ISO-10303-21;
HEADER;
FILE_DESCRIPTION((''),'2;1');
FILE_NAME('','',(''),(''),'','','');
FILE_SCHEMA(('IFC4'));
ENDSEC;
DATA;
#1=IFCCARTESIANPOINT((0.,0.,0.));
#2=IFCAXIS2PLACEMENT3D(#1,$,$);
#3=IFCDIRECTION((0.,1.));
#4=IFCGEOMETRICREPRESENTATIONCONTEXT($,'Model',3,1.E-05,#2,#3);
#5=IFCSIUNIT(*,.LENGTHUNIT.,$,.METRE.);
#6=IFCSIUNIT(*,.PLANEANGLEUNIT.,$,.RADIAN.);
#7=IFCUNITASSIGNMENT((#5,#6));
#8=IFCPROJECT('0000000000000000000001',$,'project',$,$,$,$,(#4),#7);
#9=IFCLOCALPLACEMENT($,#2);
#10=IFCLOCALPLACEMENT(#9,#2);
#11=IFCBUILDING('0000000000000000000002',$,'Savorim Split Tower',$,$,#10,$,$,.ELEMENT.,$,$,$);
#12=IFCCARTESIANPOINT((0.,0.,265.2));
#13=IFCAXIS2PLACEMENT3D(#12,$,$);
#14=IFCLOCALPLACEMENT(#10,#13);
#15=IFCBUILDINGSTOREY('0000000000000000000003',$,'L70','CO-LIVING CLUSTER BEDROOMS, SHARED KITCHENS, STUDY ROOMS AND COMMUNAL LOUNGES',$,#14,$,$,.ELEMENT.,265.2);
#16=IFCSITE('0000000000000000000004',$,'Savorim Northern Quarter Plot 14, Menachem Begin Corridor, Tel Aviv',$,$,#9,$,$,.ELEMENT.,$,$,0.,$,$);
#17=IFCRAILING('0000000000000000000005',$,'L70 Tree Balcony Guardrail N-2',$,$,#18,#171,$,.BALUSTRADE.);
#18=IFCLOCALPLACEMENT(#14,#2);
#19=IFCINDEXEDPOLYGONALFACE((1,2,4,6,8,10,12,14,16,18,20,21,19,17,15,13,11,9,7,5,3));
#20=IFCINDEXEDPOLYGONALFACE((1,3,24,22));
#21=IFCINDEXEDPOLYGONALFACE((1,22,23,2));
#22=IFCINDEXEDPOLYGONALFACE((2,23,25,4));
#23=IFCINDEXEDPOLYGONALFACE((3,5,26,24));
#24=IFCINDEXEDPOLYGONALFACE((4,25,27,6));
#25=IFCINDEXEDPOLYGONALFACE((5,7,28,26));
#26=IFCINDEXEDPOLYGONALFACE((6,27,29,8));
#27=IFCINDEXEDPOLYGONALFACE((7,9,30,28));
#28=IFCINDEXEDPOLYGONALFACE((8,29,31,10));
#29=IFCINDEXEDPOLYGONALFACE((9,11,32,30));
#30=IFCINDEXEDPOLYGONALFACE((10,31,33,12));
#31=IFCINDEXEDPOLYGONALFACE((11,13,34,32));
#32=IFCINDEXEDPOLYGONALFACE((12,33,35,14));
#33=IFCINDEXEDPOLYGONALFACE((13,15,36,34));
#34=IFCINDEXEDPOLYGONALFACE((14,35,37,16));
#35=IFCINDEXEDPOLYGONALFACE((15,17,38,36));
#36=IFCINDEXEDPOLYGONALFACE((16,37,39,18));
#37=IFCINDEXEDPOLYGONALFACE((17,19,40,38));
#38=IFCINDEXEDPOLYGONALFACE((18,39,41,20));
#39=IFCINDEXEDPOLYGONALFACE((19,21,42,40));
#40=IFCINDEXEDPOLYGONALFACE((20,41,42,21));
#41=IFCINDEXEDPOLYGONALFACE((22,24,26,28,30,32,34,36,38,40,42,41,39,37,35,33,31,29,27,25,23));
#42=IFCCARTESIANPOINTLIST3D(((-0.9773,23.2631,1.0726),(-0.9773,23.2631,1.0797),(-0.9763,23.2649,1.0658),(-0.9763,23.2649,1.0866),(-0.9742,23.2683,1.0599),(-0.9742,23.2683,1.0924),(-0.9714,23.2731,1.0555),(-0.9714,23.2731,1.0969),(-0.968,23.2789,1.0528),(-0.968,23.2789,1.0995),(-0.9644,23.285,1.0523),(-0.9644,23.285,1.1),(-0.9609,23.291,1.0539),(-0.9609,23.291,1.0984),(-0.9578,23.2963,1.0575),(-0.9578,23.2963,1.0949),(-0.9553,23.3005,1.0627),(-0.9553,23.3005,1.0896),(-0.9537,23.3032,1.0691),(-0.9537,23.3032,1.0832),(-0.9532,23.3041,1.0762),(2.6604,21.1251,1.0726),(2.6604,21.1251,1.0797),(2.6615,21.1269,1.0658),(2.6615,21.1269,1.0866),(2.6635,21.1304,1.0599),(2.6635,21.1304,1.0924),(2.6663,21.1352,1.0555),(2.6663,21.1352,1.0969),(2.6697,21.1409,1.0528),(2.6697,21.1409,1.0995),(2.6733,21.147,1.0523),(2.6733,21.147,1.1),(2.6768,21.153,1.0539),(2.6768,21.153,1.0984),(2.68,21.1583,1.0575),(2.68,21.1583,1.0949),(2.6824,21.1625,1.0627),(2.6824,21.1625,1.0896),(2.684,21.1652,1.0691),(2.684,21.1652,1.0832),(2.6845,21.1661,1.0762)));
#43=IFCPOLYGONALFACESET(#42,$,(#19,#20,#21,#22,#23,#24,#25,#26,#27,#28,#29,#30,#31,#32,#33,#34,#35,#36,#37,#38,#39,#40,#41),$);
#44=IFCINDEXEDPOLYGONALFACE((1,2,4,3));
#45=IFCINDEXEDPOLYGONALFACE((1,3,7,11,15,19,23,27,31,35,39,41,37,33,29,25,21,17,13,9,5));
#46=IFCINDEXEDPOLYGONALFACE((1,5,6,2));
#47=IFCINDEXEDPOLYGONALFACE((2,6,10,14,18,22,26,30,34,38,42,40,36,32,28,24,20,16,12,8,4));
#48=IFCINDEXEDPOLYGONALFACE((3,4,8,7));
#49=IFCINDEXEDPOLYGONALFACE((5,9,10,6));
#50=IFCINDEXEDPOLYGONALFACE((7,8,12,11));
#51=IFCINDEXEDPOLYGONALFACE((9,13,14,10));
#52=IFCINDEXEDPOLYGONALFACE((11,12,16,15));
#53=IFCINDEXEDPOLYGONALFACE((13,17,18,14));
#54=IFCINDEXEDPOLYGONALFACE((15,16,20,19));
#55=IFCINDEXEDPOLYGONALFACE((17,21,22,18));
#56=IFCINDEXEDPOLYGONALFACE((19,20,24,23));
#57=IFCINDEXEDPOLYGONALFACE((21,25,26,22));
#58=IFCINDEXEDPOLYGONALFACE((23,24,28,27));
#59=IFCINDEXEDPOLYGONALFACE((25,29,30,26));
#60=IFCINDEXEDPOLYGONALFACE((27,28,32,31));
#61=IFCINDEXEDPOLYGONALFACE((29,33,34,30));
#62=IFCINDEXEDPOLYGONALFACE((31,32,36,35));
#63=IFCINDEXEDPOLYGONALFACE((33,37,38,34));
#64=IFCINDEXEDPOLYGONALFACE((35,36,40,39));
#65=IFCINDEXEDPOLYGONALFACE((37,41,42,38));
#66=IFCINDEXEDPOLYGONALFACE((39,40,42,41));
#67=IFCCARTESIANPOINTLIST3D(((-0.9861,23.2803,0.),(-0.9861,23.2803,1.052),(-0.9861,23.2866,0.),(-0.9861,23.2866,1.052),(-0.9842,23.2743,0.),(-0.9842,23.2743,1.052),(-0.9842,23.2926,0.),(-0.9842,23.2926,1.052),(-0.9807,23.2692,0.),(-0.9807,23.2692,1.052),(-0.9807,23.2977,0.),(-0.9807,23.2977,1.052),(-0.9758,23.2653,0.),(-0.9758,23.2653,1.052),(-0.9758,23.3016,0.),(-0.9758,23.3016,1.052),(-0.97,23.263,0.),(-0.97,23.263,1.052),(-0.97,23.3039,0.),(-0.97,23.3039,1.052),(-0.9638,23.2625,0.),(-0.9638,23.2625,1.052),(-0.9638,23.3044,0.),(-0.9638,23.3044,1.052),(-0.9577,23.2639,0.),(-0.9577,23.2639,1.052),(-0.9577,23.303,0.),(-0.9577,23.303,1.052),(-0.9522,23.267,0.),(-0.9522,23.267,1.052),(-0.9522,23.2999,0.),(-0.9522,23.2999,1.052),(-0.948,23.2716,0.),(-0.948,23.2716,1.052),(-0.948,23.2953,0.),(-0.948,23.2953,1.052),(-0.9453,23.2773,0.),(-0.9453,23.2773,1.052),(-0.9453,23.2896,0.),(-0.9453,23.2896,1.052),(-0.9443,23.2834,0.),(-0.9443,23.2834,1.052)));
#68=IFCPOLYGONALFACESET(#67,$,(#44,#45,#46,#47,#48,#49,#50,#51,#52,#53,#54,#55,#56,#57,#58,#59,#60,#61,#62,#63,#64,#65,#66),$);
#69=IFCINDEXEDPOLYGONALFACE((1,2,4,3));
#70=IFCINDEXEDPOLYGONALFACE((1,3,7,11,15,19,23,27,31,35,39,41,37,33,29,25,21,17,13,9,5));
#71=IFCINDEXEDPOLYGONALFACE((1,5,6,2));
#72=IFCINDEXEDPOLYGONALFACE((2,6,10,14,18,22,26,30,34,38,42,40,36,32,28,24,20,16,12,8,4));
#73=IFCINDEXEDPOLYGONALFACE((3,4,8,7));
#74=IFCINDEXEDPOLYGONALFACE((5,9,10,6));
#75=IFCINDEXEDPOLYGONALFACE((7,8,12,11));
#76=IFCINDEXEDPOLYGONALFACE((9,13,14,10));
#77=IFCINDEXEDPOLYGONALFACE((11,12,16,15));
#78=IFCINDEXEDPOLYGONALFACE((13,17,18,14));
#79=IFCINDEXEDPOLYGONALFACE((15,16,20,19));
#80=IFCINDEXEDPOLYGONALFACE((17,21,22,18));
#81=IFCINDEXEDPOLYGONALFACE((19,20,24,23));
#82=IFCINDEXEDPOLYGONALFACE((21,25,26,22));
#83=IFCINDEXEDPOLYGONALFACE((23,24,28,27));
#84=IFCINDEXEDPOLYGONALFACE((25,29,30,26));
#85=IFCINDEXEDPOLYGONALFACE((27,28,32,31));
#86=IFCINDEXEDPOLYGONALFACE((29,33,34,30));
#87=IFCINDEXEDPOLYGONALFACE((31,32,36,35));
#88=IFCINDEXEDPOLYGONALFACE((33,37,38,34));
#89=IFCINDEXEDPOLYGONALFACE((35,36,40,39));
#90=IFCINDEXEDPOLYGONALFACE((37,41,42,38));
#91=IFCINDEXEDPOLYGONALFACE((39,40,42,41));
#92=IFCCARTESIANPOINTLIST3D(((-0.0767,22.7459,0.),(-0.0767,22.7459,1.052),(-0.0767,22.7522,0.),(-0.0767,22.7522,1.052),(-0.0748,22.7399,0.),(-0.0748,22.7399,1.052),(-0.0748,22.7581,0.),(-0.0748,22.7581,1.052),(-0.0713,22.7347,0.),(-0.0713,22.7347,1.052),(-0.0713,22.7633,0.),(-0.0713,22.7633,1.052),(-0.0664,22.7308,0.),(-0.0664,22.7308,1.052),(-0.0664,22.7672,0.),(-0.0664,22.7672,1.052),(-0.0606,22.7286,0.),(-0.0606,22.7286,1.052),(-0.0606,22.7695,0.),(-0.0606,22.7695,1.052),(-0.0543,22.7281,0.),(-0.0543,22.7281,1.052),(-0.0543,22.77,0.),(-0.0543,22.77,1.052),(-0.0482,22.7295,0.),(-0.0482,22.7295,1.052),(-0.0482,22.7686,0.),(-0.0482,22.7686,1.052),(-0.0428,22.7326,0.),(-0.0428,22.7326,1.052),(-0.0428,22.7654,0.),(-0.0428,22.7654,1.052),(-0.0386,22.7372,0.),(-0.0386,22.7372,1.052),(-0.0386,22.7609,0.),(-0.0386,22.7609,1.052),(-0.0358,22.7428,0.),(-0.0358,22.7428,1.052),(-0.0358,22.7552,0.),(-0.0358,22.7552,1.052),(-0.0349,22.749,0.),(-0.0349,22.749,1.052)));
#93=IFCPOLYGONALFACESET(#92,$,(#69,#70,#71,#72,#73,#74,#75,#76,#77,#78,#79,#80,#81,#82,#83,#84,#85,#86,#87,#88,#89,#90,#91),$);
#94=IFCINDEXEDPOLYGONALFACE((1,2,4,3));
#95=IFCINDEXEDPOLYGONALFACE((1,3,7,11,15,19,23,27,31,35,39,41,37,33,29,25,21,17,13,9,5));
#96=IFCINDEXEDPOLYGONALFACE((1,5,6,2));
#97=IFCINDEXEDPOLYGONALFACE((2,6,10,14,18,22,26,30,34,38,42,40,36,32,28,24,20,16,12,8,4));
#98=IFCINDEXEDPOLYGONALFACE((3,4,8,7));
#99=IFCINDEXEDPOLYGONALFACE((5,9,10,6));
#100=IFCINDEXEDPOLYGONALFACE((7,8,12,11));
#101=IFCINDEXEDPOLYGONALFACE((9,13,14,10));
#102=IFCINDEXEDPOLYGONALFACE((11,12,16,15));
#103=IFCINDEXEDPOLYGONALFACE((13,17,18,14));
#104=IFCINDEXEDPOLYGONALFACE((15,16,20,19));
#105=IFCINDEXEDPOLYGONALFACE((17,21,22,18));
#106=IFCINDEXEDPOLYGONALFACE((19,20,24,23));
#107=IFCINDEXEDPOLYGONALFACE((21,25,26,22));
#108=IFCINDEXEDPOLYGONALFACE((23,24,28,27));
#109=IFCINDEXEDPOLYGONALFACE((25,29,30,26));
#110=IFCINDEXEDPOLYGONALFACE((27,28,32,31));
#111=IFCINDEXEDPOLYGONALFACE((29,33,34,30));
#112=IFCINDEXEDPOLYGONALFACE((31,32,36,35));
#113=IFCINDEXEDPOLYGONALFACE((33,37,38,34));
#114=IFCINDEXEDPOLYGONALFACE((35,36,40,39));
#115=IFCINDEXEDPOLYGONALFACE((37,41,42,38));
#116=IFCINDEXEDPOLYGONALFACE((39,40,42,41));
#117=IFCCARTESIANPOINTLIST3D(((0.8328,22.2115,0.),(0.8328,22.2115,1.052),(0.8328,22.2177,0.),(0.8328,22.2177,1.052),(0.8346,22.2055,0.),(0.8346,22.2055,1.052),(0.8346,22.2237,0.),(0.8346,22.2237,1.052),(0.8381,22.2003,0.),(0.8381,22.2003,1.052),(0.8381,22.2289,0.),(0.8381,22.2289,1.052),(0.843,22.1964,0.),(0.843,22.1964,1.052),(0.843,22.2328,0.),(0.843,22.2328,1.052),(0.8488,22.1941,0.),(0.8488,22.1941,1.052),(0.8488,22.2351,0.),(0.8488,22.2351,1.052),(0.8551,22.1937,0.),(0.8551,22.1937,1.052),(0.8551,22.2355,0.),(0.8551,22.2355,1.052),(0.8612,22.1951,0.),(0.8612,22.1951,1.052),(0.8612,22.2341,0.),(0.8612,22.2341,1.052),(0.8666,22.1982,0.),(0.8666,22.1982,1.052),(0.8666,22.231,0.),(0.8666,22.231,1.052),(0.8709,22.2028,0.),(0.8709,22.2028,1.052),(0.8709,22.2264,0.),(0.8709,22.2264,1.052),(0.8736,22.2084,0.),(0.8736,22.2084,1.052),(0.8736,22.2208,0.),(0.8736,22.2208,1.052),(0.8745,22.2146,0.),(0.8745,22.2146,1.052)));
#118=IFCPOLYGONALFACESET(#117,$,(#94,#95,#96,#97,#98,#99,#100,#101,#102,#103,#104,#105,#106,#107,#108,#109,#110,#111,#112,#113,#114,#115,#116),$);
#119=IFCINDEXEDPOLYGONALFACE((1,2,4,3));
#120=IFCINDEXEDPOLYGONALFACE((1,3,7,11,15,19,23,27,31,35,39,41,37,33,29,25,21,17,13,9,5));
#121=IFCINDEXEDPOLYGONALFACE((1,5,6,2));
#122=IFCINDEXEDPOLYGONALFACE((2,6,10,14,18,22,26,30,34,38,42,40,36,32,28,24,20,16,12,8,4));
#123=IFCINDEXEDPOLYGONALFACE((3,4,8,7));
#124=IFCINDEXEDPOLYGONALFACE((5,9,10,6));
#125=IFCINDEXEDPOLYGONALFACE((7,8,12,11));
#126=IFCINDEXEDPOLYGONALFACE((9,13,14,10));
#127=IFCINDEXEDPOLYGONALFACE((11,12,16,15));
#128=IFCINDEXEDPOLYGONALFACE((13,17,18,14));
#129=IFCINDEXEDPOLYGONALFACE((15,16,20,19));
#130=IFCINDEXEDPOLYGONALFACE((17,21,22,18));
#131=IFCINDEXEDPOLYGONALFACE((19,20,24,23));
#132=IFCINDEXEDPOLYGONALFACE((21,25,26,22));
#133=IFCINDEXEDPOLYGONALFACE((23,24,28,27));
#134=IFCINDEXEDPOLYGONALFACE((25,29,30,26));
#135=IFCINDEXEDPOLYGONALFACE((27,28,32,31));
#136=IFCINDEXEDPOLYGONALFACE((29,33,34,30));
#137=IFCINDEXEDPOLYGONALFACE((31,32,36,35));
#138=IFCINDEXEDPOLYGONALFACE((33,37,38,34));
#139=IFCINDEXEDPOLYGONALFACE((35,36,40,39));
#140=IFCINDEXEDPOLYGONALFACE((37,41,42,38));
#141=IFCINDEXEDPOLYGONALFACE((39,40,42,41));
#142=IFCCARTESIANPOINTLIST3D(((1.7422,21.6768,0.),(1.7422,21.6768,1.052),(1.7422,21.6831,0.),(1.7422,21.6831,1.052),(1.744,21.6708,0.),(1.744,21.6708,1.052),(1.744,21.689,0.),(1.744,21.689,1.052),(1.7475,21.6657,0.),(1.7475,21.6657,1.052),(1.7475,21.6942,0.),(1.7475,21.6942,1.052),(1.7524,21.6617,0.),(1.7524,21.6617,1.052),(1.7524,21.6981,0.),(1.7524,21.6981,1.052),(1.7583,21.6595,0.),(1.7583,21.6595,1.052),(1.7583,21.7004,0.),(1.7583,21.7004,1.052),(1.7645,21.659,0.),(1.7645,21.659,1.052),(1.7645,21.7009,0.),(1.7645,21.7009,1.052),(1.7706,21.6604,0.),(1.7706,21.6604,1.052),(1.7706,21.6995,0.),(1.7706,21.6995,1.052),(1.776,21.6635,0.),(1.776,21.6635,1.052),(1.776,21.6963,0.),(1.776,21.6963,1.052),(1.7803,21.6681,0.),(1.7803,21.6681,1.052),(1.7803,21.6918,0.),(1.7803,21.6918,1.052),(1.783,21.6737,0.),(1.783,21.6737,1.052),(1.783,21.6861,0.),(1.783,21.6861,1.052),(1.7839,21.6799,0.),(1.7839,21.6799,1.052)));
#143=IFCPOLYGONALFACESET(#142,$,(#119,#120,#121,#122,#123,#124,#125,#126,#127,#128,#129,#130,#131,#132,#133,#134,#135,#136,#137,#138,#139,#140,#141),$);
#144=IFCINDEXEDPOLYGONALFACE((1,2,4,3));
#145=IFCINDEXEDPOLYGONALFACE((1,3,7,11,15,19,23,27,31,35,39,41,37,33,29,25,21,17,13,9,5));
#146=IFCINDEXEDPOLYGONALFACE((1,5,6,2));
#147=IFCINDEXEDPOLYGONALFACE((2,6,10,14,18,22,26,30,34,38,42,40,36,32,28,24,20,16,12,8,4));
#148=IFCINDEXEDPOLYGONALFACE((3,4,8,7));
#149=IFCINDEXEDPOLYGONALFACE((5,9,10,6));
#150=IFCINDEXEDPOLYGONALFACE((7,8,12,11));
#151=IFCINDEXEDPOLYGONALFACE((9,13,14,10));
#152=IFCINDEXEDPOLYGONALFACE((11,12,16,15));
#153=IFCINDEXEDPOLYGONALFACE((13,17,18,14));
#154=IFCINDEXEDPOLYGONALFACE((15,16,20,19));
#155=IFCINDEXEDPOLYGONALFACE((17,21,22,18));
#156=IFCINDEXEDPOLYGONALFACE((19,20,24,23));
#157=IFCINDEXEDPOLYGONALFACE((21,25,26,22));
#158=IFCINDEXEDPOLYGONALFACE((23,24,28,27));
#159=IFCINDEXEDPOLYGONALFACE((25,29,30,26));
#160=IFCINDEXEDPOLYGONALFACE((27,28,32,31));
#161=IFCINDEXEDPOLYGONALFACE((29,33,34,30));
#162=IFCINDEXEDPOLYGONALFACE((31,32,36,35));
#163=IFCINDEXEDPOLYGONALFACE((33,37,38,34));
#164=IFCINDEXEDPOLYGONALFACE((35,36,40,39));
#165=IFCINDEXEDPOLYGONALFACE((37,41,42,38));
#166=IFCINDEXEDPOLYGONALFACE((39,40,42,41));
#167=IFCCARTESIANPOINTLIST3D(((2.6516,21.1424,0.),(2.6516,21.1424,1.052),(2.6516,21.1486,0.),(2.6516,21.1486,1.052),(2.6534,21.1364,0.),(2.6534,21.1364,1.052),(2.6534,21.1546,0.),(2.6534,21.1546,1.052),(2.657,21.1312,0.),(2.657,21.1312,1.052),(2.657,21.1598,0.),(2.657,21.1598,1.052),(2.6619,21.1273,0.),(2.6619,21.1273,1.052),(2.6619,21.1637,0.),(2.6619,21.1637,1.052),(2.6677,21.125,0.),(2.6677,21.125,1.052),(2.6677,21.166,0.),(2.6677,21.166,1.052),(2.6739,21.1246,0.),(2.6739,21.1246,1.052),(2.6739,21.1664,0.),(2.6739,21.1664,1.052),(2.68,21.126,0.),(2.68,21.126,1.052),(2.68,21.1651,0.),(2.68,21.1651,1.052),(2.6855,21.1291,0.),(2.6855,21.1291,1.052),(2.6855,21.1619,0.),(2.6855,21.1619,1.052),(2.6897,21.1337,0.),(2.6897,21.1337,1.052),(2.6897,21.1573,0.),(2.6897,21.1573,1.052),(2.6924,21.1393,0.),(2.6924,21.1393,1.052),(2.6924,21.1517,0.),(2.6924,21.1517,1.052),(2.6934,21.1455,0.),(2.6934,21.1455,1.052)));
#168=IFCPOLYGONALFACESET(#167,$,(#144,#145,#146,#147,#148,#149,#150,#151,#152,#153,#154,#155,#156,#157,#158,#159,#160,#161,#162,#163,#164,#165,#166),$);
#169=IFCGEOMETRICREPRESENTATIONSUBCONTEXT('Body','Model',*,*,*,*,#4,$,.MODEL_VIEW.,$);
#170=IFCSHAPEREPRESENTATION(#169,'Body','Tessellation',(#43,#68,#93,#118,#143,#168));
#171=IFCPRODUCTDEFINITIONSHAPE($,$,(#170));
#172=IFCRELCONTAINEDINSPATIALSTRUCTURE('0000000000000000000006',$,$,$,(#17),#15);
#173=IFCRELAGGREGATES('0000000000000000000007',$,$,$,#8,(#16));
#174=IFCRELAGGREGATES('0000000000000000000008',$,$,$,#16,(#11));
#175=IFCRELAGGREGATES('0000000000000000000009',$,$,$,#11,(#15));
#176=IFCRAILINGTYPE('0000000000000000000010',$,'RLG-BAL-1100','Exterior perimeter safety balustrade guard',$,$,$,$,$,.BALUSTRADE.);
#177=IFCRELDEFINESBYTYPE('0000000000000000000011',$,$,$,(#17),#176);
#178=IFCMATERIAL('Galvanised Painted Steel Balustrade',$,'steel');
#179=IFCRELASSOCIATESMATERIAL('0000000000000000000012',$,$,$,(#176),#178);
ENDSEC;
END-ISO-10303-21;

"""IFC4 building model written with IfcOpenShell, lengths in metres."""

from ifc_helpers import new_model, si_unit, direction, frame, origin, origin_2d, place, context, subcontext, project, spatial, circle, extrude, material, type_object, element, save


model = new_model("IFC4")

# Units and contexts
model_context = context("Model", 3, precision=1e-05, world=origin(), true_north=direction((0.0, 1.0)))
body_context = subcontext(model_context, "Body", "Model", "MODEL_VIEW")
ifc_project = project(units=[si_unit("LENGTHUNIT", "METRE"), si_unit("PLANEANGLEUNIT", "RADIAN")], contexts=[model_context])

# Site, building, storey
site_placement = place(None, origin())
site = spatial("IfcSite", under=ifc_project, at=site_placement, Name="Savorim Northern Quarter Plot 14, Menachem Begin Corridor, Tel Aviv", CompositionType="ELEMENT", RefElevation=0.0)
building_placement = place(site_placement, origin())
building = spatial("IfcBuilding", under=site, at=building_placement, Name="Savorim Split Tower", CompositionType="ELEMENT")
storey_placement = place(building_placement, frame((0.0, 0.0, 265.2)))
storey = spatial("IfcBuildingStorey", under=building, at=storey_placement, Name="L70", Description="CO-LIVING CLUSTER BEDROOMS, SHARED KITCHENS, STUDY ROOMS AND COMMUNAL LOUNGES", CompositionType="ELEMENT", Elevation=265.2)

# Railing
ifc_material_1 = material(Name="Galvanised Painted Steel Balustrade", Category="steel")
railing_type = type_object("IfcRailingType", Name="RLG-BAL-1100", Description="Exterior perimeter safety balustrade guard", PredefinedType="BALUSTRADE", material=ifc_material_1)
railing_1_placement = place(storey_placement, frame((-0.9653, 23.2834, 0.0)))
element("IfcRailing", 1, at=railing_1_placement, inside=storey, type_object=railing_type, Name="L70 Tree Balcony Guardrail N-2", PredefinedType="BALUSTRADE", context=body_context, shape_type="SweptSolid", body=[
    extrude(circle(Radius=0.0239, at=origin_2d()), frame((0.0, 0.0, 1.0762), z_axis=(0.862129, -0.506689, 0.0), x_axis=(0.506689, 0.862129, 0.0)), (0.0, 0.0, 1.0), 4.2195),
    extrude(circle(Radius=0.021, at=origin_2d()), origin(), (0.0, 0.0, 1.0), 1.052),
    extrude(circle(Radius=0.021, at=origin_2d()), frame((0.9094, -0.5344, 0.0)), (0.0, 0.0, 1.0), 1.052),
    extrude(circle(Radius=0.021, at=origin_2d()), frame((1.8188, -1.0688, 0.0)), (0.0, 0.0, 1.0), 1.052),
    extrude(circle(Radius=0.021, at=origin_2d()), frame((2.7283, -1.6035, 0.0)), (0.0, 0.0, 1.0), 1.052),
    extrude(circle(Radius=0.021, at=origin_2d()), frame((3.6377, -2.1379, 0.0)), (0.0, 0.0, 1.0), 1.052),
])

save(model, "model.ifc")
